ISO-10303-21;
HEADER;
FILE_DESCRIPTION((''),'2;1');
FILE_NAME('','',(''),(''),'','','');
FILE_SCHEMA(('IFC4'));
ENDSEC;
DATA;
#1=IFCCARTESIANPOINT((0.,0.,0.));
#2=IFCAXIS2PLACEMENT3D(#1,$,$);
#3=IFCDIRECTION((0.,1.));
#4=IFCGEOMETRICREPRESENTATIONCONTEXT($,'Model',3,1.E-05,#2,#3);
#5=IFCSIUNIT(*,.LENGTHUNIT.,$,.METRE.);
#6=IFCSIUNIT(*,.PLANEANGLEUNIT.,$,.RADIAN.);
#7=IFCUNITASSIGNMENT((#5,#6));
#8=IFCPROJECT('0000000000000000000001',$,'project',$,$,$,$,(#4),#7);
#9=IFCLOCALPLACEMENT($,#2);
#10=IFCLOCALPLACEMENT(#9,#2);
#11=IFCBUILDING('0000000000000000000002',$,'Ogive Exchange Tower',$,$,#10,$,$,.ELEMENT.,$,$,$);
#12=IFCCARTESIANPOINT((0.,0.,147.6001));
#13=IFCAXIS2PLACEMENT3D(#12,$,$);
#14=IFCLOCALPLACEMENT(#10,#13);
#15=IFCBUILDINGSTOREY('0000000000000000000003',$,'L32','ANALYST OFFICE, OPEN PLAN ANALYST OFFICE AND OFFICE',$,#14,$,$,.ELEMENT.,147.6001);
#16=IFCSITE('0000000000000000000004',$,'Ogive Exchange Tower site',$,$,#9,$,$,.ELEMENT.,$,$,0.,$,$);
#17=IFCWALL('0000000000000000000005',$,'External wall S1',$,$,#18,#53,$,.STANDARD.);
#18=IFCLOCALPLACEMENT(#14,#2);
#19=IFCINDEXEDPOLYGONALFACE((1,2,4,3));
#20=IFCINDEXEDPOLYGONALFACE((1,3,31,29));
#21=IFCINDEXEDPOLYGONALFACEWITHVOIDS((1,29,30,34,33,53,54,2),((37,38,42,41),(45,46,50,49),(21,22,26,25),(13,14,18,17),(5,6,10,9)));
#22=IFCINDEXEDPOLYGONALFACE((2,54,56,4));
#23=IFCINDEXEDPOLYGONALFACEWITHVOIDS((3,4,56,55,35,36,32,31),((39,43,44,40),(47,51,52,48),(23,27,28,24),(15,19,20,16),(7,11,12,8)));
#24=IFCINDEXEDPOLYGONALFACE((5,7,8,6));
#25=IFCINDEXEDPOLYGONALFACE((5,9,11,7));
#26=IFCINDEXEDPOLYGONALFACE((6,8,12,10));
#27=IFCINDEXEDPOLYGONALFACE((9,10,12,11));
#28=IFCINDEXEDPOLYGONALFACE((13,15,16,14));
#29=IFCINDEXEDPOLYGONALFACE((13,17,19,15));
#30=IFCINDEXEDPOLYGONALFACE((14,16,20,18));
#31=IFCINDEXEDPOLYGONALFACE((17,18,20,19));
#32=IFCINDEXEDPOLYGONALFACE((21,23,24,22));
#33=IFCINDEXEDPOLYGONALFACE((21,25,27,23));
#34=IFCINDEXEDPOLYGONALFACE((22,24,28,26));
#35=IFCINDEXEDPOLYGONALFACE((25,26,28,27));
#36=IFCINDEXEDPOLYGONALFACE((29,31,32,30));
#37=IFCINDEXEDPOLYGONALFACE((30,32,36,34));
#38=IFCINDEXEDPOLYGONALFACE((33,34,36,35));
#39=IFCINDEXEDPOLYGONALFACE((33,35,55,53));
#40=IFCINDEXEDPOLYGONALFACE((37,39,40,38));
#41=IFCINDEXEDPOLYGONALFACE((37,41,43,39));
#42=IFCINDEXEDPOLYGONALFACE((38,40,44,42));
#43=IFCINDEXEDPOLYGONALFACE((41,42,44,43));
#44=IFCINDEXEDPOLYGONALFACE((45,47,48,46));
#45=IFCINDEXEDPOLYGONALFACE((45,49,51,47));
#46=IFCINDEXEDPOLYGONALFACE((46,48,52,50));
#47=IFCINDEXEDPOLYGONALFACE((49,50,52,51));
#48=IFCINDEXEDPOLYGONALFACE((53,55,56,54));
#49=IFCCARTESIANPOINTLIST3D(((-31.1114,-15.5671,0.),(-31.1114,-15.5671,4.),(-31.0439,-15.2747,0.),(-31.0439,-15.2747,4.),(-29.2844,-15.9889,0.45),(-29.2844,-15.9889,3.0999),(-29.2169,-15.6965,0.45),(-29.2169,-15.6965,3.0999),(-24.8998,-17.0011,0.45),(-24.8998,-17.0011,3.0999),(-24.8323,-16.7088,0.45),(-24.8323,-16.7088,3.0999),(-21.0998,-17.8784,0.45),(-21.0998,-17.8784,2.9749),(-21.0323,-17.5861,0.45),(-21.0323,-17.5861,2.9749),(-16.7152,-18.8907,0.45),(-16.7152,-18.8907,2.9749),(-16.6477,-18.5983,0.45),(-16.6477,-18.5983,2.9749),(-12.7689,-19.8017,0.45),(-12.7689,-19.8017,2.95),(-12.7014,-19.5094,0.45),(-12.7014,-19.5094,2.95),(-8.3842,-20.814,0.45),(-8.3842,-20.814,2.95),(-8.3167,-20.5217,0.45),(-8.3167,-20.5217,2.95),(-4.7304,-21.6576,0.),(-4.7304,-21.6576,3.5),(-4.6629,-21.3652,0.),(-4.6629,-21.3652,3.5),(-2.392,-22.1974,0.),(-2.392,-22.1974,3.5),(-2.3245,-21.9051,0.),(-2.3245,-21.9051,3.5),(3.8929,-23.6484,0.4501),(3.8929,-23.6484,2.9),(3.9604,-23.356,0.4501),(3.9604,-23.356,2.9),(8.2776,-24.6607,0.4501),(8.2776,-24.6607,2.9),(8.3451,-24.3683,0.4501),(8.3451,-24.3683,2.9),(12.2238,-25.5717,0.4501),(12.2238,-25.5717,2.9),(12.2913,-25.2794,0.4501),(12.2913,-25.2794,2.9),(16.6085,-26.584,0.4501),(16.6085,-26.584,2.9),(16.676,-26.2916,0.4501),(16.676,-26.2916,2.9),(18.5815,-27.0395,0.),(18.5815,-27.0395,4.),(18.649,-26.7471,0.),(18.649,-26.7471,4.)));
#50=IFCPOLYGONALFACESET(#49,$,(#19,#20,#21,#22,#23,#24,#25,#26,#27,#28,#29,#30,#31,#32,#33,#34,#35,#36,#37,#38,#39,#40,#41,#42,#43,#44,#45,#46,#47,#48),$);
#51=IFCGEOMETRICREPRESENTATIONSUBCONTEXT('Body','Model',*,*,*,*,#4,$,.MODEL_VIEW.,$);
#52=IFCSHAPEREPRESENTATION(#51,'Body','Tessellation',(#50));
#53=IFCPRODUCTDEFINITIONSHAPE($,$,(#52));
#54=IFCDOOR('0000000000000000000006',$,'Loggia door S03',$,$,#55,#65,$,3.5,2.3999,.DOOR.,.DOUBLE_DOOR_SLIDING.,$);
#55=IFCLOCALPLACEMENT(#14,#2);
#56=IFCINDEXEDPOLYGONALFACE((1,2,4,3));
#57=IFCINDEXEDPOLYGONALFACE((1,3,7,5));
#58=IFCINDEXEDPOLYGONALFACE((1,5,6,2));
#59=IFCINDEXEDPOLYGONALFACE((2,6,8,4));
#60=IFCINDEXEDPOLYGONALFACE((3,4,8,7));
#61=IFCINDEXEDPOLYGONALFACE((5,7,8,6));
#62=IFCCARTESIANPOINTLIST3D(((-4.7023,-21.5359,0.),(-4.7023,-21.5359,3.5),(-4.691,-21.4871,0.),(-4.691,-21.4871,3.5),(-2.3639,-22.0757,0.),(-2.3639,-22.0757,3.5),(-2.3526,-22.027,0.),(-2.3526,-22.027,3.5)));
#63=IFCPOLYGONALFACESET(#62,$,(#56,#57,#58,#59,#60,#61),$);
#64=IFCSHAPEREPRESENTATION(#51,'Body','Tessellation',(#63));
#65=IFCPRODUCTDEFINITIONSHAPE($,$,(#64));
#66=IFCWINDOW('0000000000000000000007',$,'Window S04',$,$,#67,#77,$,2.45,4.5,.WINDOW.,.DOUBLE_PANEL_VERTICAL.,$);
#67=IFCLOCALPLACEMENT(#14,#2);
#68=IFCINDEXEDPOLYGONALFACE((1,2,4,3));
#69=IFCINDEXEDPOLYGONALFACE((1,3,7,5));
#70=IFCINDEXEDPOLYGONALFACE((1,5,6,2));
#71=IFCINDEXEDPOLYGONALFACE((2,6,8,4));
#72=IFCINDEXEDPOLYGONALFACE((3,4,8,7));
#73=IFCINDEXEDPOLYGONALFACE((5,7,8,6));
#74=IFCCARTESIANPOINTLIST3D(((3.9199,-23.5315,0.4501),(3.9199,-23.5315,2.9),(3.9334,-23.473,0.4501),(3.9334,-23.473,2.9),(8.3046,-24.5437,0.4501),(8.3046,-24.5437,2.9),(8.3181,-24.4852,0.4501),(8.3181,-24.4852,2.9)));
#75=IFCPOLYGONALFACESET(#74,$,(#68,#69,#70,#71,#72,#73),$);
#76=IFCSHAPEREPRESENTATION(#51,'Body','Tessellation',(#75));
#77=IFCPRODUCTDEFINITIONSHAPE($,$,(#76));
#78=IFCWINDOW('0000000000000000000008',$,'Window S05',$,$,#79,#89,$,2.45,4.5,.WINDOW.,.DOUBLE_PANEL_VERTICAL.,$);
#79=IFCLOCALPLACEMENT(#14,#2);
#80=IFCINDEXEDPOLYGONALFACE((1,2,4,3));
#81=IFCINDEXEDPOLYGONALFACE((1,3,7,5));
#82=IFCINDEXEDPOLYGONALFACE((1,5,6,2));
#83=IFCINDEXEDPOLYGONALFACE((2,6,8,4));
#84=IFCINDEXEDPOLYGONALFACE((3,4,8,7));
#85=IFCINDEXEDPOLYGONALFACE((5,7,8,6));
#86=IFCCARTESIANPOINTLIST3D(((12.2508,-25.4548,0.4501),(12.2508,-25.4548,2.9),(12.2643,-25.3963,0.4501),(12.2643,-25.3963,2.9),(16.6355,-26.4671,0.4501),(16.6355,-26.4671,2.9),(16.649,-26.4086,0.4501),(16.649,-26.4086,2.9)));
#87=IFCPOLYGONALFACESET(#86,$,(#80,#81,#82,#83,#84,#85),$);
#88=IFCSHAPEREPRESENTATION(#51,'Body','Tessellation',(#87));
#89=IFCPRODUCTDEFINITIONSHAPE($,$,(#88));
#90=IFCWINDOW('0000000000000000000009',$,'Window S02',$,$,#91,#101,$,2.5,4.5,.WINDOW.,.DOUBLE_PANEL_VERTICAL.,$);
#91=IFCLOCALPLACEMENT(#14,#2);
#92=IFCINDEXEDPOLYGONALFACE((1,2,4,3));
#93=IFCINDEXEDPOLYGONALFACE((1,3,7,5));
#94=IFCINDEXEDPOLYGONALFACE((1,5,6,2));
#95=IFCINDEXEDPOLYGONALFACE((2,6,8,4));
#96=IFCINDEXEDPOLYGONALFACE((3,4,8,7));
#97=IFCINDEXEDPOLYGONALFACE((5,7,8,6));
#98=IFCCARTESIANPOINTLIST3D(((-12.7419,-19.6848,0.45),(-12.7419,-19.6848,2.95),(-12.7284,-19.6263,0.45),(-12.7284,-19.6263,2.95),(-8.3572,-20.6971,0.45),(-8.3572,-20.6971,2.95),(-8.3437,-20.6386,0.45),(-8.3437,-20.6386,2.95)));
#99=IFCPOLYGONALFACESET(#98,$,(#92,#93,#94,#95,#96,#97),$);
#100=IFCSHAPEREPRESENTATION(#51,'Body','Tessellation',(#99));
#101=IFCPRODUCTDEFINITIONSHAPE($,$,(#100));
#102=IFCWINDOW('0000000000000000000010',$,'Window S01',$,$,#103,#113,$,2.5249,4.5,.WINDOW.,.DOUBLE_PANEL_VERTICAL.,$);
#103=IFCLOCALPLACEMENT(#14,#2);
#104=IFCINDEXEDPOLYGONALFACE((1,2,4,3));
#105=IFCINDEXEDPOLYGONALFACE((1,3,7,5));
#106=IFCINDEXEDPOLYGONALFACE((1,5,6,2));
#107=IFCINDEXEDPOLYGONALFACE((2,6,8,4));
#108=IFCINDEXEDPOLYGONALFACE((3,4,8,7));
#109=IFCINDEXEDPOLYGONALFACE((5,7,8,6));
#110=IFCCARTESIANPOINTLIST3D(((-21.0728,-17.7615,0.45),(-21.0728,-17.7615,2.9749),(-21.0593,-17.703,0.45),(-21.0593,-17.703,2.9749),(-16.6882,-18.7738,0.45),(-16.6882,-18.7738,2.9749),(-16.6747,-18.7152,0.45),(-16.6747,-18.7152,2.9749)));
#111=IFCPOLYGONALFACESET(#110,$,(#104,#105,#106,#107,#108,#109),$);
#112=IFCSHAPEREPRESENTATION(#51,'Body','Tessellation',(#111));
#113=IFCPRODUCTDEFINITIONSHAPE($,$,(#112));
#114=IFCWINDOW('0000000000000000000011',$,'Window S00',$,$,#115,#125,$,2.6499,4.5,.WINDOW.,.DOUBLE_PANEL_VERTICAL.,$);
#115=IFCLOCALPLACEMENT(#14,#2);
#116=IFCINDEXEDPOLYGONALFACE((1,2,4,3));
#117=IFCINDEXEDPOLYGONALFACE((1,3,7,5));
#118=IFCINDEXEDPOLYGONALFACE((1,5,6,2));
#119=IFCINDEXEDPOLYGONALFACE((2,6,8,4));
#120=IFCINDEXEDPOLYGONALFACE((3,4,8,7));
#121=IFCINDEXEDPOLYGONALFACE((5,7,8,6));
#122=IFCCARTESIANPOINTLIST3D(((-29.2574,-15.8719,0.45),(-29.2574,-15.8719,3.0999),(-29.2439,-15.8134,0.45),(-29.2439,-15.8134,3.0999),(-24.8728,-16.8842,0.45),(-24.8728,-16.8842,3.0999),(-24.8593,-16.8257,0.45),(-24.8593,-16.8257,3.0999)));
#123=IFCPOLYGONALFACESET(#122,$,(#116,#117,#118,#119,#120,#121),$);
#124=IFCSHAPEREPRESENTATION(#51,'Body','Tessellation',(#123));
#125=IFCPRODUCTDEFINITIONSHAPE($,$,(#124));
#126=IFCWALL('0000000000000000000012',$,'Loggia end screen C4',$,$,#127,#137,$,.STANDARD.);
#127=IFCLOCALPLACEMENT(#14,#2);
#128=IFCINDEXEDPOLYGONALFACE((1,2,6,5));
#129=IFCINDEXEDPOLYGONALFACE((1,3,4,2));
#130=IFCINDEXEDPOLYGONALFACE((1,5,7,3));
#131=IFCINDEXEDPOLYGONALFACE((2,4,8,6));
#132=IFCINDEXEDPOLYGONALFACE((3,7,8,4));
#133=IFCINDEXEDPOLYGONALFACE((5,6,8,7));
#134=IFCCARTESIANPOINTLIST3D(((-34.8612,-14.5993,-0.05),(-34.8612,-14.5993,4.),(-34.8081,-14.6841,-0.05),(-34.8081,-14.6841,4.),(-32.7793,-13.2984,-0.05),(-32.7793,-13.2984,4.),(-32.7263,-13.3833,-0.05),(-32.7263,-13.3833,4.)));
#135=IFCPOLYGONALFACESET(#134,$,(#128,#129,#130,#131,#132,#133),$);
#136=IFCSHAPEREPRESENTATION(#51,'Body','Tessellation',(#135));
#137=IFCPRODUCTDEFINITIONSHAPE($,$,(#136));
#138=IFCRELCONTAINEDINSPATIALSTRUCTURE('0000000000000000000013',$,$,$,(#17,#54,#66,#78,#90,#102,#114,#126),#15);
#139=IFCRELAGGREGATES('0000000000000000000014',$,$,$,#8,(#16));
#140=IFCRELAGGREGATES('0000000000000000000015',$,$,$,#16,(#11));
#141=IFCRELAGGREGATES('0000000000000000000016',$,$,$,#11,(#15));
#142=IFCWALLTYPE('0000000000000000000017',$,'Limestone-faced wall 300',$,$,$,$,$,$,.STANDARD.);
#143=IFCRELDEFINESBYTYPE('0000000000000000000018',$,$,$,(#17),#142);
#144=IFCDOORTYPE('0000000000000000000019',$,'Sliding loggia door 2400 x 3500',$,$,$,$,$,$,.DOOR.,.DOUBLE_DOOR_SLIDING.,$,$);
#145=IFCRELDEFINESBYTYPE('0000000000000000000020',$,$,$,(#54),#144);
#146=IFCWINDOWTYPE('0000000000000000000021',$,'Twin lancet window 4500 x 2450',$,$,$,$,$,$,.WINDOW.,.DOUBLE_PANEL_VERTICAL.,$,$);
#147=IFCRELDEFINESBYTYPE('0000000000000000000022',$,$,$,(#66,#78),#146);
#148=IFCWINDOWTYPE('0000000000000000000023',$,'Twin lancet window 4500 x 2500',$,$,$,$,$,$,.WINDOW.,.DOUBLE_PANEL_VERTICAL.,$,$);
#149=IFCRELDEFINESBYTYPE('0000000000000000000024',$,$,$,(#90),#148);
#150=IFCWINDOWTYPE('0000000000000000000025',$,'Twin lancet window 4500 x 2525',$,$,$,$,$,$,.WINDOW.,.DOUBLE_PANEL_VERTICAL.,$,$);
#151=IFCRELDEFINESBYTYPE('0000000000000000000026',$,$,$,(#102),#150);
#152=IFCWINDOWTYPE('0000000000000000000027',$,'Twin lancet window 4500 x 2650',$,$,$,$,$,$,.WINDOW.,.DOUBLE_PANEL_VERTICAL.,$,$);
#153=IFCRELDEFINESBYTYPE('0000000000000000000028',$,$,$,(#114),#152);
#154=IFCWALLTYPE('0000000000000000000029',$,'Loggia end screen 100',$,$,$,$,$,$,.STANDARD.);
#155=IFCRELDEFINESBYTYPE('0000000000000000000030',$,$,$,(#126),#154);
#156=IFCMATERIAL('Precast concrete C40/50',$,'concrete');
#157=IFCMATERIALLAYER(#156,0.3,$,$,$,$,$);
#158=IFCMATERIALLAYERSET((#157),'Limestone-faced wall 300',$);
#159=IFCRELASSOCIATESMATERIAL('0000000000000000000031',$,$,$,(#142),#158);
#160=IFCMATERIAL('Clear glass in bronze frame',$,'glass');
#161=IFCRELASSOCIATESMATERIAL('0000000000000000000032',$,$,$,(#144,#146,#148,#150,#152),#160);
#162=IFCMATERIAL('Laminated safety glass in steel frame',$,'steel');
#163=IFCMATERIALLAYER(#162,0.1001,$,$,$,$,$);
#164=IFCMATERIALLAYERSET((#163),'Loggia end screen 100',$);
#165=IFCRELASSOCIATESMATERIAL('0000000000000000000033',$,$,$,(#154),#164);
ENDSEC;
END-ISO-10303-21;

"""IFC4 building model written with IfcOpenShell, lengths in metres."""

from ifc_helpers import new_model, si_unit, direction, frame, frame_2d, origin, place, context, subcontext, project, spatial, rectangle, extrude, material, layer, layer_set, type_object, element, fill, save


model = new_model("IFC4")

# Units and contexts
model_context = context("Model", 3, precision=1e-05, world=origin(), true_north=direction((0.0, 1.0)))
body_context = subcontext(model_context, "Body", "Model", "MODEL_VIEW")
ifc_project = project(units=[si_unit("LENGTHUNIT", "METRE"), si_unit("PLANEANGLEUNIT", "RADIAN")], contexts=[model_context])

# Site, building, storey
site_placement = place(None, origin())
site = spatial("IfcSite", under=ifc_project, at=site_placement, Name="Ogive Exchange Tower site", CompositionType="ELEMENT", RefElevation=0.0)
building_placement = place(site_placement, origin())
building = spatial("IfcBuilding", under=site, at=building_placement, Name="Ogive Exchange Tower", CompositionType="ELEMENT")
storey_placement = place(building_placement, frame((0.0, 0.0, 147.6001)))
storey = spatial("IfcBuildingStorey", under=building, at=storey_placement, Name="L32", Description="ANALYST OFFICE, OPEN PLAN ANALYST OFFICE AND OFFICE", CompositionType="ELEMENT", Elevation=147.6001)

# Wall, openings, door, windows
ifc_material_1 = material(Name="Precast concrete C40/50", Category="concrete")
ifc_layer_1 = layer(ifc_material_1, 0.3)
ifc_layer_set_1 = layer_set([ifc_layer_1], Name="Limestone-faced wall 300")
wall_type_1 = type_object("IfcWallType", Name="Limestone-faced wall 300", PredefinedType="STANDARD", material=ifc_layer_set_1)
wall_1_placement = place(storey_placement, frame((-31.0776, -15.4209, 0.0), z_axis=(0.0, 0.0, 1.0), x_axis=(0.97437, -0.224949, 0.0)))
wall_1 = element("IfcWall", 1, at=wall_1_placement, inside=storey, type_object=wall_type_1, Name="External wall S1", PredefinedType="STANDARD", context=body_context, shape_type="SweptSolid", body=[
    extrude(rectangle(XDim=51.0, YDim=0.3, at=frame_2d((25.5, 0.0))), origin(), (0.0, 0.0, 1.0), 4.0),
])
opening_1_placement = place(wall_1_placement, frame((1.875, 0.0, 0.45)))
opening_1 = element("IfcOpeningElement", 2, at=opening_1_placement, cuts=wall_1, PredefinedType="OPENING", context=body_context, shape_type="SweptSolid", body=[
    extrude(rectangle(XDim=4.5, YDim=2.6499, at=frame_2d((2.25, 1.325))), frame((0.0, 0.1599, 0.0), z_axis=(0.0, -1.0, 0.0), x_axis=(1.0, 0.0, 0.0)), (0.0, 0.0, 1.0), 0.3201),
])
opening_2_placement = place(wall_1_placement, frame((10.2749, 0.0, 0.45)))
opening_2 = element("IfcOpeningElement", 3, at=opening_2_placement, cuts=wall_1, PredefinedType="OPENING", context=body_context, shape_type="SweptSolid", body=[
    extrude(rectangle(XDim=4.5, YDim=2.5249, at=frame_2d((2.25, 1.2625))), frame((0.0, 0.1599, 0.0), z_axis=(0.0, -1.0, 0.0), x_axis=(1.0, 0.0, 0.0)), (0.0, 0.0, 1.0), 0.3201),
])
opening_3_placement = place(wall_1_placement, frame((18.825, 0.0, 0.45)))
opening_3 = element("IfcOpeningElement", 4, at=opening_3_placement, cuts=wall_1, PredefinedType="OPENING", context=body_context, shape_type="SweptSolid", body=[
    extrude(rectangle(XDim=4.5, YDim=2.5, at=frame_2d((2.25, 1.25))), frame((0.0, 0.1599, 0.0), z_axis=(0.0, -1.0, 0.0), x_axis=(1.0, 0.0, 0.0)), (0.0, 0.0, 1.0), 0.3201),
])
opening_4_placement = place(wall_1_placement, frame((27.075, 0.0, 0.0)))
opening_4 = element("IfcOpeningElement", 5, at=opening_4_placement, cuts=wall_1, PredefinedType="OPENING", context=body_context, shape_type="SweptSolid", body=[
    extrude(rectangle(XDim=2.3999, YDim=3.5, at=frame_2d((1.2, 1.75))), frame((0.0, 0.1599, 0.0), z_axis=(0.0, -1.0, 0.0), x_axis=(1.0, 0.0, 0.0)), (0.0, 0.0, 1.0), 0.3201),
])
opening_5_placement = place(wall_1_placement, frame((35.925, 0.0, 0.45)))
opening_5 = element("IfcOpeningElement", 6, at=opening_5_placement, cuts=wall_1, PredefinedType="OPENING", context=body_context, shape_type="SweptSolid", body=[
    extrude(rectangle(XDim=4.5, YDim=2.45, at=frame_2d((2.25, 1.2251))), frame((0.0, 0.1599, 0.0), z_axis=(0.0, -1.0, 0.0), x_axis=(1.0, 0.0, 0.0)), (0.0, 0.0, 1.0), 0.3201),
])
opening_6_placement = place(wall_1_placement, frame((44.4751, 0.0, 0.45)))
opening_6 = element("IfcOpeningElement", 7, at=opening_6_placement, cuts=wall_1, PredefinedType="OPENING", context=body_context, shape_type="SweptSolid", body=[
    extrude(rectangle(XDim=4.5, YDim=2.45, at=frame_2d((2.25, 1.2251))), frame((0.0, 0.1599, 0.0), z_axis=(0.0, -1.0, 0.0), x_axis=(1.0, 0.0, 0.0)), (0.0, 0.0, 1.0), 0.3201),
])
ifc_material_2 = material(Name="Clear glass in bronze frame", Category="glass")
door_type_1 = type_object("IfcDoorType", Name="Sliding loggia door 2400 x 3500", OperationType="DOUBLE_DOOR_SLIDING", PredefinedType="DOOR", material=ifc_material_2)
door_1_placement = place(opening_4_placement, origin())
door_1 = element("IfcDoor", 8, at=door_1_placement, inside=storey, type_object=door_type_1, Name="Loggia door S03", OperationType="DOUBLE_DOOR_SLIDING", OverallHeight=3.5, OverallWidth=2.3999, PredefinedType="DOOR", context=body_context, shape_type="SweptSolid", body=[
    extrude(rectangle(XDim=2.3999, YDim=3.5, at=frame_2d((1.2, 1.75))), frame((0.0, 0.0249, 0.0), z_axis=(0.0, -1.0, 0.0), x_axis=(1.0, 0.0, 0.0)), (0.0, 0.0, 1.0), 0.05),
])
fill(opening_4, door_1)
window_type_1 = type_object("IfcWindowType", Name="Twin lancet window 4500 x 2450", PartitioningType="DOUBLE_PANEL_VERTICAL", PredefinedType="WINDOW", material=ifc_material_2)
window_1_placement = place(opening_5_placement, origin())
window_1 = element("IfcWindow", 9, at=window_1_placement, inside=storey, type_object=window_type_1, Name="Window S04", OverallHeight=2.45, OverallWidth=4.5, PartitioningType="DOUBLE_PANEL_VERTICAL", PredefinedType="WINDOW", context=body_context, shape_type="SweptSolid", body=[
    extrude(rectangle(XDim=4.5, YDim=2.45, at=frame_2d((2.25, 1.2251))), frame((0.0, 0.03, 0.0), z_axis=(0.0, -1.0, 0.0), x_axis=(1.0, 0.0, 0.0)), (0.0, 0.0, 1.0), 0.0601),
])
fill(opening_5, window_1)
window_2_placement = place(opening_6_placement, origin())
window_2 = element("IfcWindow", 10, at=window_2_placement, inside=storey, type_object=window_type_1, Name="Window S05", OverallHeight=2.45, OverallWidth=4.5, PartitioningType="DOUBLE_PANEL_VERTICAL", PredefinedType="WINDOW", context=body_context, shape_type="SweptSolid", body=[
    extrude(rectangle(XDim=4.5, YDim=2.45, at=frame_2d((2.25, 1.2251))), frame((0.0, 0.03, 0.0), z_axis=(0.0, -1.0, 0.0), x_axis=(1.0, 0.0, 0.0)), (0.0, 0.0, 1.0), 0.0601),
])
fill(opening_6, window_2)
window_type_2 = type_object("IfcWindowType", Name="Twin lancet window 4500 x 2500", PartitioningType="DOUBLE_PANEL_VERTICAL", PredefinedType="WINDOW", material=ifc_material_2)
window_3_placement = place(opening_3_placement, origin())
window_3 = element("IfcWindow", 11, at=window_3_placement, inside=storey, type_object=window_type_2, Name="Window S02", OverallHeight=2.5, OverallWidth=4.5, PartitioningType="DOUBLE_PANEL_VERTICAL", PredefinedType="WINDOW", context=body_context, shape_type="SweptSolid", body=[
    extrude(rectangle(XDim=4.5, YDim=2.5, at=frame_2d((2.25, 1.25))), frame((0.0, 0.03, 0.0), z_axis=(0.0, -1.0, 0.0), x_axis=(1.0, 0.0, 0.0)), (0.0, 0.0, 1.0), 0.0601),
])
fill(opening_3, window_3)
window_type_3 = type_object("IfcWindowType", Name="Twin lancet window 4500 x 2525", PartitioningType="DOUBLE_PANEL_VERTICAL", PredefinedType="WINDOW", material=ifc_material_2)
window_4_placement = place(opening_2_placement, origin())
window_4 = element("IfcWindow", 12, at=window_4_placement, inside=storey, type_object=window_type_3, Name="Window S01", OverallHeight=2.5249, OverallWidth=4.5, PartitioningType="DOUBLE_PANEL_VERTICAL", PredefinedType="WINDOW", context=body_context, shape_type="SweptSolid", body=[
    extrude(rectangle(XDim=4.5, YDim=2.5249, at=frame_2d((2.25, 1.2625))), frame((0.0, 0.03, 0.0), z_axis=(0.0, -1.0, 0.0), x_axis=(1.0, 0.0, 0.0)), (0.0, 0.0, 1.0), 0.0601),
])
fill(opening_2, window_4)
window_type_4 = type_object("IfcWindowType", Name="Twin lancet window 4500 x 2650", PartitioningType="DOUBLE_PANEL_VERTICAL", PredefinedType="WINDOW", material=ifc_material_2)
window_5_placement = place(opening_1_placement, origin())
window_5 = element("IfcWindow", 13, at=window_5_placement, inside=storey, type_object=window_type_4, Name="Window S00", OverallHeight=2.6499, OverallWidth=4.5, PartitioningType="DOUBLE_PANEL_VERTICAL", PredefinedType="WINDOW", context=body_context, shape_type="SweptSolid", body=[
    extrude(rectangle(XDim=4.5, YDim=2.6499, at=frame_2d((2.25, 1.325))), frame((0.0, 0.03, 0.0), z_axis=(0.0, -1.0, 0.0), x_axis=(1.0, 0.0, 0.0)), (0.0, 0.0, 1.0), 0.0601),
])
fill(opening_1, window_5)

# Wall
ifc_material_3 = material(Name="Laminated safety glass in steel frame", Category="steel")
ifc_layer_2 = layer(ifc_material_3, 0.1001)
ifc_layer_set_2 = layer_set([ifc_layer_2], Name="Loggia end screen 100")
wall_type_2 = type_object("IfcWallType", Name="Loggia end screen 100", PredefinedType="STANDARD", material=ifc_layer_set_2)
wall_2_placement = place(storey_placement, frame((-32.7527, -13.3408, -0.05), z_axis=(0.0, 0.0, 1.0), x_axis=(-0.84806, -0.529901, 0.0)))
element("IfcWall", 14, at=wall_2_placement, inside=storey, type_object=wall_type_2, Name="Loggia end screen C4", PredefinedType="STANDARD", context=body_context, shape_type="SweptSolid", body=[
    extrude(rectangle(XDim=2.4548, YDim=0.1001, at=frame_2d((1.2275, 0.0))), origin(), (0.0, 0.0, 1.0), 4.05),
])

save(model, "model.ifc")
